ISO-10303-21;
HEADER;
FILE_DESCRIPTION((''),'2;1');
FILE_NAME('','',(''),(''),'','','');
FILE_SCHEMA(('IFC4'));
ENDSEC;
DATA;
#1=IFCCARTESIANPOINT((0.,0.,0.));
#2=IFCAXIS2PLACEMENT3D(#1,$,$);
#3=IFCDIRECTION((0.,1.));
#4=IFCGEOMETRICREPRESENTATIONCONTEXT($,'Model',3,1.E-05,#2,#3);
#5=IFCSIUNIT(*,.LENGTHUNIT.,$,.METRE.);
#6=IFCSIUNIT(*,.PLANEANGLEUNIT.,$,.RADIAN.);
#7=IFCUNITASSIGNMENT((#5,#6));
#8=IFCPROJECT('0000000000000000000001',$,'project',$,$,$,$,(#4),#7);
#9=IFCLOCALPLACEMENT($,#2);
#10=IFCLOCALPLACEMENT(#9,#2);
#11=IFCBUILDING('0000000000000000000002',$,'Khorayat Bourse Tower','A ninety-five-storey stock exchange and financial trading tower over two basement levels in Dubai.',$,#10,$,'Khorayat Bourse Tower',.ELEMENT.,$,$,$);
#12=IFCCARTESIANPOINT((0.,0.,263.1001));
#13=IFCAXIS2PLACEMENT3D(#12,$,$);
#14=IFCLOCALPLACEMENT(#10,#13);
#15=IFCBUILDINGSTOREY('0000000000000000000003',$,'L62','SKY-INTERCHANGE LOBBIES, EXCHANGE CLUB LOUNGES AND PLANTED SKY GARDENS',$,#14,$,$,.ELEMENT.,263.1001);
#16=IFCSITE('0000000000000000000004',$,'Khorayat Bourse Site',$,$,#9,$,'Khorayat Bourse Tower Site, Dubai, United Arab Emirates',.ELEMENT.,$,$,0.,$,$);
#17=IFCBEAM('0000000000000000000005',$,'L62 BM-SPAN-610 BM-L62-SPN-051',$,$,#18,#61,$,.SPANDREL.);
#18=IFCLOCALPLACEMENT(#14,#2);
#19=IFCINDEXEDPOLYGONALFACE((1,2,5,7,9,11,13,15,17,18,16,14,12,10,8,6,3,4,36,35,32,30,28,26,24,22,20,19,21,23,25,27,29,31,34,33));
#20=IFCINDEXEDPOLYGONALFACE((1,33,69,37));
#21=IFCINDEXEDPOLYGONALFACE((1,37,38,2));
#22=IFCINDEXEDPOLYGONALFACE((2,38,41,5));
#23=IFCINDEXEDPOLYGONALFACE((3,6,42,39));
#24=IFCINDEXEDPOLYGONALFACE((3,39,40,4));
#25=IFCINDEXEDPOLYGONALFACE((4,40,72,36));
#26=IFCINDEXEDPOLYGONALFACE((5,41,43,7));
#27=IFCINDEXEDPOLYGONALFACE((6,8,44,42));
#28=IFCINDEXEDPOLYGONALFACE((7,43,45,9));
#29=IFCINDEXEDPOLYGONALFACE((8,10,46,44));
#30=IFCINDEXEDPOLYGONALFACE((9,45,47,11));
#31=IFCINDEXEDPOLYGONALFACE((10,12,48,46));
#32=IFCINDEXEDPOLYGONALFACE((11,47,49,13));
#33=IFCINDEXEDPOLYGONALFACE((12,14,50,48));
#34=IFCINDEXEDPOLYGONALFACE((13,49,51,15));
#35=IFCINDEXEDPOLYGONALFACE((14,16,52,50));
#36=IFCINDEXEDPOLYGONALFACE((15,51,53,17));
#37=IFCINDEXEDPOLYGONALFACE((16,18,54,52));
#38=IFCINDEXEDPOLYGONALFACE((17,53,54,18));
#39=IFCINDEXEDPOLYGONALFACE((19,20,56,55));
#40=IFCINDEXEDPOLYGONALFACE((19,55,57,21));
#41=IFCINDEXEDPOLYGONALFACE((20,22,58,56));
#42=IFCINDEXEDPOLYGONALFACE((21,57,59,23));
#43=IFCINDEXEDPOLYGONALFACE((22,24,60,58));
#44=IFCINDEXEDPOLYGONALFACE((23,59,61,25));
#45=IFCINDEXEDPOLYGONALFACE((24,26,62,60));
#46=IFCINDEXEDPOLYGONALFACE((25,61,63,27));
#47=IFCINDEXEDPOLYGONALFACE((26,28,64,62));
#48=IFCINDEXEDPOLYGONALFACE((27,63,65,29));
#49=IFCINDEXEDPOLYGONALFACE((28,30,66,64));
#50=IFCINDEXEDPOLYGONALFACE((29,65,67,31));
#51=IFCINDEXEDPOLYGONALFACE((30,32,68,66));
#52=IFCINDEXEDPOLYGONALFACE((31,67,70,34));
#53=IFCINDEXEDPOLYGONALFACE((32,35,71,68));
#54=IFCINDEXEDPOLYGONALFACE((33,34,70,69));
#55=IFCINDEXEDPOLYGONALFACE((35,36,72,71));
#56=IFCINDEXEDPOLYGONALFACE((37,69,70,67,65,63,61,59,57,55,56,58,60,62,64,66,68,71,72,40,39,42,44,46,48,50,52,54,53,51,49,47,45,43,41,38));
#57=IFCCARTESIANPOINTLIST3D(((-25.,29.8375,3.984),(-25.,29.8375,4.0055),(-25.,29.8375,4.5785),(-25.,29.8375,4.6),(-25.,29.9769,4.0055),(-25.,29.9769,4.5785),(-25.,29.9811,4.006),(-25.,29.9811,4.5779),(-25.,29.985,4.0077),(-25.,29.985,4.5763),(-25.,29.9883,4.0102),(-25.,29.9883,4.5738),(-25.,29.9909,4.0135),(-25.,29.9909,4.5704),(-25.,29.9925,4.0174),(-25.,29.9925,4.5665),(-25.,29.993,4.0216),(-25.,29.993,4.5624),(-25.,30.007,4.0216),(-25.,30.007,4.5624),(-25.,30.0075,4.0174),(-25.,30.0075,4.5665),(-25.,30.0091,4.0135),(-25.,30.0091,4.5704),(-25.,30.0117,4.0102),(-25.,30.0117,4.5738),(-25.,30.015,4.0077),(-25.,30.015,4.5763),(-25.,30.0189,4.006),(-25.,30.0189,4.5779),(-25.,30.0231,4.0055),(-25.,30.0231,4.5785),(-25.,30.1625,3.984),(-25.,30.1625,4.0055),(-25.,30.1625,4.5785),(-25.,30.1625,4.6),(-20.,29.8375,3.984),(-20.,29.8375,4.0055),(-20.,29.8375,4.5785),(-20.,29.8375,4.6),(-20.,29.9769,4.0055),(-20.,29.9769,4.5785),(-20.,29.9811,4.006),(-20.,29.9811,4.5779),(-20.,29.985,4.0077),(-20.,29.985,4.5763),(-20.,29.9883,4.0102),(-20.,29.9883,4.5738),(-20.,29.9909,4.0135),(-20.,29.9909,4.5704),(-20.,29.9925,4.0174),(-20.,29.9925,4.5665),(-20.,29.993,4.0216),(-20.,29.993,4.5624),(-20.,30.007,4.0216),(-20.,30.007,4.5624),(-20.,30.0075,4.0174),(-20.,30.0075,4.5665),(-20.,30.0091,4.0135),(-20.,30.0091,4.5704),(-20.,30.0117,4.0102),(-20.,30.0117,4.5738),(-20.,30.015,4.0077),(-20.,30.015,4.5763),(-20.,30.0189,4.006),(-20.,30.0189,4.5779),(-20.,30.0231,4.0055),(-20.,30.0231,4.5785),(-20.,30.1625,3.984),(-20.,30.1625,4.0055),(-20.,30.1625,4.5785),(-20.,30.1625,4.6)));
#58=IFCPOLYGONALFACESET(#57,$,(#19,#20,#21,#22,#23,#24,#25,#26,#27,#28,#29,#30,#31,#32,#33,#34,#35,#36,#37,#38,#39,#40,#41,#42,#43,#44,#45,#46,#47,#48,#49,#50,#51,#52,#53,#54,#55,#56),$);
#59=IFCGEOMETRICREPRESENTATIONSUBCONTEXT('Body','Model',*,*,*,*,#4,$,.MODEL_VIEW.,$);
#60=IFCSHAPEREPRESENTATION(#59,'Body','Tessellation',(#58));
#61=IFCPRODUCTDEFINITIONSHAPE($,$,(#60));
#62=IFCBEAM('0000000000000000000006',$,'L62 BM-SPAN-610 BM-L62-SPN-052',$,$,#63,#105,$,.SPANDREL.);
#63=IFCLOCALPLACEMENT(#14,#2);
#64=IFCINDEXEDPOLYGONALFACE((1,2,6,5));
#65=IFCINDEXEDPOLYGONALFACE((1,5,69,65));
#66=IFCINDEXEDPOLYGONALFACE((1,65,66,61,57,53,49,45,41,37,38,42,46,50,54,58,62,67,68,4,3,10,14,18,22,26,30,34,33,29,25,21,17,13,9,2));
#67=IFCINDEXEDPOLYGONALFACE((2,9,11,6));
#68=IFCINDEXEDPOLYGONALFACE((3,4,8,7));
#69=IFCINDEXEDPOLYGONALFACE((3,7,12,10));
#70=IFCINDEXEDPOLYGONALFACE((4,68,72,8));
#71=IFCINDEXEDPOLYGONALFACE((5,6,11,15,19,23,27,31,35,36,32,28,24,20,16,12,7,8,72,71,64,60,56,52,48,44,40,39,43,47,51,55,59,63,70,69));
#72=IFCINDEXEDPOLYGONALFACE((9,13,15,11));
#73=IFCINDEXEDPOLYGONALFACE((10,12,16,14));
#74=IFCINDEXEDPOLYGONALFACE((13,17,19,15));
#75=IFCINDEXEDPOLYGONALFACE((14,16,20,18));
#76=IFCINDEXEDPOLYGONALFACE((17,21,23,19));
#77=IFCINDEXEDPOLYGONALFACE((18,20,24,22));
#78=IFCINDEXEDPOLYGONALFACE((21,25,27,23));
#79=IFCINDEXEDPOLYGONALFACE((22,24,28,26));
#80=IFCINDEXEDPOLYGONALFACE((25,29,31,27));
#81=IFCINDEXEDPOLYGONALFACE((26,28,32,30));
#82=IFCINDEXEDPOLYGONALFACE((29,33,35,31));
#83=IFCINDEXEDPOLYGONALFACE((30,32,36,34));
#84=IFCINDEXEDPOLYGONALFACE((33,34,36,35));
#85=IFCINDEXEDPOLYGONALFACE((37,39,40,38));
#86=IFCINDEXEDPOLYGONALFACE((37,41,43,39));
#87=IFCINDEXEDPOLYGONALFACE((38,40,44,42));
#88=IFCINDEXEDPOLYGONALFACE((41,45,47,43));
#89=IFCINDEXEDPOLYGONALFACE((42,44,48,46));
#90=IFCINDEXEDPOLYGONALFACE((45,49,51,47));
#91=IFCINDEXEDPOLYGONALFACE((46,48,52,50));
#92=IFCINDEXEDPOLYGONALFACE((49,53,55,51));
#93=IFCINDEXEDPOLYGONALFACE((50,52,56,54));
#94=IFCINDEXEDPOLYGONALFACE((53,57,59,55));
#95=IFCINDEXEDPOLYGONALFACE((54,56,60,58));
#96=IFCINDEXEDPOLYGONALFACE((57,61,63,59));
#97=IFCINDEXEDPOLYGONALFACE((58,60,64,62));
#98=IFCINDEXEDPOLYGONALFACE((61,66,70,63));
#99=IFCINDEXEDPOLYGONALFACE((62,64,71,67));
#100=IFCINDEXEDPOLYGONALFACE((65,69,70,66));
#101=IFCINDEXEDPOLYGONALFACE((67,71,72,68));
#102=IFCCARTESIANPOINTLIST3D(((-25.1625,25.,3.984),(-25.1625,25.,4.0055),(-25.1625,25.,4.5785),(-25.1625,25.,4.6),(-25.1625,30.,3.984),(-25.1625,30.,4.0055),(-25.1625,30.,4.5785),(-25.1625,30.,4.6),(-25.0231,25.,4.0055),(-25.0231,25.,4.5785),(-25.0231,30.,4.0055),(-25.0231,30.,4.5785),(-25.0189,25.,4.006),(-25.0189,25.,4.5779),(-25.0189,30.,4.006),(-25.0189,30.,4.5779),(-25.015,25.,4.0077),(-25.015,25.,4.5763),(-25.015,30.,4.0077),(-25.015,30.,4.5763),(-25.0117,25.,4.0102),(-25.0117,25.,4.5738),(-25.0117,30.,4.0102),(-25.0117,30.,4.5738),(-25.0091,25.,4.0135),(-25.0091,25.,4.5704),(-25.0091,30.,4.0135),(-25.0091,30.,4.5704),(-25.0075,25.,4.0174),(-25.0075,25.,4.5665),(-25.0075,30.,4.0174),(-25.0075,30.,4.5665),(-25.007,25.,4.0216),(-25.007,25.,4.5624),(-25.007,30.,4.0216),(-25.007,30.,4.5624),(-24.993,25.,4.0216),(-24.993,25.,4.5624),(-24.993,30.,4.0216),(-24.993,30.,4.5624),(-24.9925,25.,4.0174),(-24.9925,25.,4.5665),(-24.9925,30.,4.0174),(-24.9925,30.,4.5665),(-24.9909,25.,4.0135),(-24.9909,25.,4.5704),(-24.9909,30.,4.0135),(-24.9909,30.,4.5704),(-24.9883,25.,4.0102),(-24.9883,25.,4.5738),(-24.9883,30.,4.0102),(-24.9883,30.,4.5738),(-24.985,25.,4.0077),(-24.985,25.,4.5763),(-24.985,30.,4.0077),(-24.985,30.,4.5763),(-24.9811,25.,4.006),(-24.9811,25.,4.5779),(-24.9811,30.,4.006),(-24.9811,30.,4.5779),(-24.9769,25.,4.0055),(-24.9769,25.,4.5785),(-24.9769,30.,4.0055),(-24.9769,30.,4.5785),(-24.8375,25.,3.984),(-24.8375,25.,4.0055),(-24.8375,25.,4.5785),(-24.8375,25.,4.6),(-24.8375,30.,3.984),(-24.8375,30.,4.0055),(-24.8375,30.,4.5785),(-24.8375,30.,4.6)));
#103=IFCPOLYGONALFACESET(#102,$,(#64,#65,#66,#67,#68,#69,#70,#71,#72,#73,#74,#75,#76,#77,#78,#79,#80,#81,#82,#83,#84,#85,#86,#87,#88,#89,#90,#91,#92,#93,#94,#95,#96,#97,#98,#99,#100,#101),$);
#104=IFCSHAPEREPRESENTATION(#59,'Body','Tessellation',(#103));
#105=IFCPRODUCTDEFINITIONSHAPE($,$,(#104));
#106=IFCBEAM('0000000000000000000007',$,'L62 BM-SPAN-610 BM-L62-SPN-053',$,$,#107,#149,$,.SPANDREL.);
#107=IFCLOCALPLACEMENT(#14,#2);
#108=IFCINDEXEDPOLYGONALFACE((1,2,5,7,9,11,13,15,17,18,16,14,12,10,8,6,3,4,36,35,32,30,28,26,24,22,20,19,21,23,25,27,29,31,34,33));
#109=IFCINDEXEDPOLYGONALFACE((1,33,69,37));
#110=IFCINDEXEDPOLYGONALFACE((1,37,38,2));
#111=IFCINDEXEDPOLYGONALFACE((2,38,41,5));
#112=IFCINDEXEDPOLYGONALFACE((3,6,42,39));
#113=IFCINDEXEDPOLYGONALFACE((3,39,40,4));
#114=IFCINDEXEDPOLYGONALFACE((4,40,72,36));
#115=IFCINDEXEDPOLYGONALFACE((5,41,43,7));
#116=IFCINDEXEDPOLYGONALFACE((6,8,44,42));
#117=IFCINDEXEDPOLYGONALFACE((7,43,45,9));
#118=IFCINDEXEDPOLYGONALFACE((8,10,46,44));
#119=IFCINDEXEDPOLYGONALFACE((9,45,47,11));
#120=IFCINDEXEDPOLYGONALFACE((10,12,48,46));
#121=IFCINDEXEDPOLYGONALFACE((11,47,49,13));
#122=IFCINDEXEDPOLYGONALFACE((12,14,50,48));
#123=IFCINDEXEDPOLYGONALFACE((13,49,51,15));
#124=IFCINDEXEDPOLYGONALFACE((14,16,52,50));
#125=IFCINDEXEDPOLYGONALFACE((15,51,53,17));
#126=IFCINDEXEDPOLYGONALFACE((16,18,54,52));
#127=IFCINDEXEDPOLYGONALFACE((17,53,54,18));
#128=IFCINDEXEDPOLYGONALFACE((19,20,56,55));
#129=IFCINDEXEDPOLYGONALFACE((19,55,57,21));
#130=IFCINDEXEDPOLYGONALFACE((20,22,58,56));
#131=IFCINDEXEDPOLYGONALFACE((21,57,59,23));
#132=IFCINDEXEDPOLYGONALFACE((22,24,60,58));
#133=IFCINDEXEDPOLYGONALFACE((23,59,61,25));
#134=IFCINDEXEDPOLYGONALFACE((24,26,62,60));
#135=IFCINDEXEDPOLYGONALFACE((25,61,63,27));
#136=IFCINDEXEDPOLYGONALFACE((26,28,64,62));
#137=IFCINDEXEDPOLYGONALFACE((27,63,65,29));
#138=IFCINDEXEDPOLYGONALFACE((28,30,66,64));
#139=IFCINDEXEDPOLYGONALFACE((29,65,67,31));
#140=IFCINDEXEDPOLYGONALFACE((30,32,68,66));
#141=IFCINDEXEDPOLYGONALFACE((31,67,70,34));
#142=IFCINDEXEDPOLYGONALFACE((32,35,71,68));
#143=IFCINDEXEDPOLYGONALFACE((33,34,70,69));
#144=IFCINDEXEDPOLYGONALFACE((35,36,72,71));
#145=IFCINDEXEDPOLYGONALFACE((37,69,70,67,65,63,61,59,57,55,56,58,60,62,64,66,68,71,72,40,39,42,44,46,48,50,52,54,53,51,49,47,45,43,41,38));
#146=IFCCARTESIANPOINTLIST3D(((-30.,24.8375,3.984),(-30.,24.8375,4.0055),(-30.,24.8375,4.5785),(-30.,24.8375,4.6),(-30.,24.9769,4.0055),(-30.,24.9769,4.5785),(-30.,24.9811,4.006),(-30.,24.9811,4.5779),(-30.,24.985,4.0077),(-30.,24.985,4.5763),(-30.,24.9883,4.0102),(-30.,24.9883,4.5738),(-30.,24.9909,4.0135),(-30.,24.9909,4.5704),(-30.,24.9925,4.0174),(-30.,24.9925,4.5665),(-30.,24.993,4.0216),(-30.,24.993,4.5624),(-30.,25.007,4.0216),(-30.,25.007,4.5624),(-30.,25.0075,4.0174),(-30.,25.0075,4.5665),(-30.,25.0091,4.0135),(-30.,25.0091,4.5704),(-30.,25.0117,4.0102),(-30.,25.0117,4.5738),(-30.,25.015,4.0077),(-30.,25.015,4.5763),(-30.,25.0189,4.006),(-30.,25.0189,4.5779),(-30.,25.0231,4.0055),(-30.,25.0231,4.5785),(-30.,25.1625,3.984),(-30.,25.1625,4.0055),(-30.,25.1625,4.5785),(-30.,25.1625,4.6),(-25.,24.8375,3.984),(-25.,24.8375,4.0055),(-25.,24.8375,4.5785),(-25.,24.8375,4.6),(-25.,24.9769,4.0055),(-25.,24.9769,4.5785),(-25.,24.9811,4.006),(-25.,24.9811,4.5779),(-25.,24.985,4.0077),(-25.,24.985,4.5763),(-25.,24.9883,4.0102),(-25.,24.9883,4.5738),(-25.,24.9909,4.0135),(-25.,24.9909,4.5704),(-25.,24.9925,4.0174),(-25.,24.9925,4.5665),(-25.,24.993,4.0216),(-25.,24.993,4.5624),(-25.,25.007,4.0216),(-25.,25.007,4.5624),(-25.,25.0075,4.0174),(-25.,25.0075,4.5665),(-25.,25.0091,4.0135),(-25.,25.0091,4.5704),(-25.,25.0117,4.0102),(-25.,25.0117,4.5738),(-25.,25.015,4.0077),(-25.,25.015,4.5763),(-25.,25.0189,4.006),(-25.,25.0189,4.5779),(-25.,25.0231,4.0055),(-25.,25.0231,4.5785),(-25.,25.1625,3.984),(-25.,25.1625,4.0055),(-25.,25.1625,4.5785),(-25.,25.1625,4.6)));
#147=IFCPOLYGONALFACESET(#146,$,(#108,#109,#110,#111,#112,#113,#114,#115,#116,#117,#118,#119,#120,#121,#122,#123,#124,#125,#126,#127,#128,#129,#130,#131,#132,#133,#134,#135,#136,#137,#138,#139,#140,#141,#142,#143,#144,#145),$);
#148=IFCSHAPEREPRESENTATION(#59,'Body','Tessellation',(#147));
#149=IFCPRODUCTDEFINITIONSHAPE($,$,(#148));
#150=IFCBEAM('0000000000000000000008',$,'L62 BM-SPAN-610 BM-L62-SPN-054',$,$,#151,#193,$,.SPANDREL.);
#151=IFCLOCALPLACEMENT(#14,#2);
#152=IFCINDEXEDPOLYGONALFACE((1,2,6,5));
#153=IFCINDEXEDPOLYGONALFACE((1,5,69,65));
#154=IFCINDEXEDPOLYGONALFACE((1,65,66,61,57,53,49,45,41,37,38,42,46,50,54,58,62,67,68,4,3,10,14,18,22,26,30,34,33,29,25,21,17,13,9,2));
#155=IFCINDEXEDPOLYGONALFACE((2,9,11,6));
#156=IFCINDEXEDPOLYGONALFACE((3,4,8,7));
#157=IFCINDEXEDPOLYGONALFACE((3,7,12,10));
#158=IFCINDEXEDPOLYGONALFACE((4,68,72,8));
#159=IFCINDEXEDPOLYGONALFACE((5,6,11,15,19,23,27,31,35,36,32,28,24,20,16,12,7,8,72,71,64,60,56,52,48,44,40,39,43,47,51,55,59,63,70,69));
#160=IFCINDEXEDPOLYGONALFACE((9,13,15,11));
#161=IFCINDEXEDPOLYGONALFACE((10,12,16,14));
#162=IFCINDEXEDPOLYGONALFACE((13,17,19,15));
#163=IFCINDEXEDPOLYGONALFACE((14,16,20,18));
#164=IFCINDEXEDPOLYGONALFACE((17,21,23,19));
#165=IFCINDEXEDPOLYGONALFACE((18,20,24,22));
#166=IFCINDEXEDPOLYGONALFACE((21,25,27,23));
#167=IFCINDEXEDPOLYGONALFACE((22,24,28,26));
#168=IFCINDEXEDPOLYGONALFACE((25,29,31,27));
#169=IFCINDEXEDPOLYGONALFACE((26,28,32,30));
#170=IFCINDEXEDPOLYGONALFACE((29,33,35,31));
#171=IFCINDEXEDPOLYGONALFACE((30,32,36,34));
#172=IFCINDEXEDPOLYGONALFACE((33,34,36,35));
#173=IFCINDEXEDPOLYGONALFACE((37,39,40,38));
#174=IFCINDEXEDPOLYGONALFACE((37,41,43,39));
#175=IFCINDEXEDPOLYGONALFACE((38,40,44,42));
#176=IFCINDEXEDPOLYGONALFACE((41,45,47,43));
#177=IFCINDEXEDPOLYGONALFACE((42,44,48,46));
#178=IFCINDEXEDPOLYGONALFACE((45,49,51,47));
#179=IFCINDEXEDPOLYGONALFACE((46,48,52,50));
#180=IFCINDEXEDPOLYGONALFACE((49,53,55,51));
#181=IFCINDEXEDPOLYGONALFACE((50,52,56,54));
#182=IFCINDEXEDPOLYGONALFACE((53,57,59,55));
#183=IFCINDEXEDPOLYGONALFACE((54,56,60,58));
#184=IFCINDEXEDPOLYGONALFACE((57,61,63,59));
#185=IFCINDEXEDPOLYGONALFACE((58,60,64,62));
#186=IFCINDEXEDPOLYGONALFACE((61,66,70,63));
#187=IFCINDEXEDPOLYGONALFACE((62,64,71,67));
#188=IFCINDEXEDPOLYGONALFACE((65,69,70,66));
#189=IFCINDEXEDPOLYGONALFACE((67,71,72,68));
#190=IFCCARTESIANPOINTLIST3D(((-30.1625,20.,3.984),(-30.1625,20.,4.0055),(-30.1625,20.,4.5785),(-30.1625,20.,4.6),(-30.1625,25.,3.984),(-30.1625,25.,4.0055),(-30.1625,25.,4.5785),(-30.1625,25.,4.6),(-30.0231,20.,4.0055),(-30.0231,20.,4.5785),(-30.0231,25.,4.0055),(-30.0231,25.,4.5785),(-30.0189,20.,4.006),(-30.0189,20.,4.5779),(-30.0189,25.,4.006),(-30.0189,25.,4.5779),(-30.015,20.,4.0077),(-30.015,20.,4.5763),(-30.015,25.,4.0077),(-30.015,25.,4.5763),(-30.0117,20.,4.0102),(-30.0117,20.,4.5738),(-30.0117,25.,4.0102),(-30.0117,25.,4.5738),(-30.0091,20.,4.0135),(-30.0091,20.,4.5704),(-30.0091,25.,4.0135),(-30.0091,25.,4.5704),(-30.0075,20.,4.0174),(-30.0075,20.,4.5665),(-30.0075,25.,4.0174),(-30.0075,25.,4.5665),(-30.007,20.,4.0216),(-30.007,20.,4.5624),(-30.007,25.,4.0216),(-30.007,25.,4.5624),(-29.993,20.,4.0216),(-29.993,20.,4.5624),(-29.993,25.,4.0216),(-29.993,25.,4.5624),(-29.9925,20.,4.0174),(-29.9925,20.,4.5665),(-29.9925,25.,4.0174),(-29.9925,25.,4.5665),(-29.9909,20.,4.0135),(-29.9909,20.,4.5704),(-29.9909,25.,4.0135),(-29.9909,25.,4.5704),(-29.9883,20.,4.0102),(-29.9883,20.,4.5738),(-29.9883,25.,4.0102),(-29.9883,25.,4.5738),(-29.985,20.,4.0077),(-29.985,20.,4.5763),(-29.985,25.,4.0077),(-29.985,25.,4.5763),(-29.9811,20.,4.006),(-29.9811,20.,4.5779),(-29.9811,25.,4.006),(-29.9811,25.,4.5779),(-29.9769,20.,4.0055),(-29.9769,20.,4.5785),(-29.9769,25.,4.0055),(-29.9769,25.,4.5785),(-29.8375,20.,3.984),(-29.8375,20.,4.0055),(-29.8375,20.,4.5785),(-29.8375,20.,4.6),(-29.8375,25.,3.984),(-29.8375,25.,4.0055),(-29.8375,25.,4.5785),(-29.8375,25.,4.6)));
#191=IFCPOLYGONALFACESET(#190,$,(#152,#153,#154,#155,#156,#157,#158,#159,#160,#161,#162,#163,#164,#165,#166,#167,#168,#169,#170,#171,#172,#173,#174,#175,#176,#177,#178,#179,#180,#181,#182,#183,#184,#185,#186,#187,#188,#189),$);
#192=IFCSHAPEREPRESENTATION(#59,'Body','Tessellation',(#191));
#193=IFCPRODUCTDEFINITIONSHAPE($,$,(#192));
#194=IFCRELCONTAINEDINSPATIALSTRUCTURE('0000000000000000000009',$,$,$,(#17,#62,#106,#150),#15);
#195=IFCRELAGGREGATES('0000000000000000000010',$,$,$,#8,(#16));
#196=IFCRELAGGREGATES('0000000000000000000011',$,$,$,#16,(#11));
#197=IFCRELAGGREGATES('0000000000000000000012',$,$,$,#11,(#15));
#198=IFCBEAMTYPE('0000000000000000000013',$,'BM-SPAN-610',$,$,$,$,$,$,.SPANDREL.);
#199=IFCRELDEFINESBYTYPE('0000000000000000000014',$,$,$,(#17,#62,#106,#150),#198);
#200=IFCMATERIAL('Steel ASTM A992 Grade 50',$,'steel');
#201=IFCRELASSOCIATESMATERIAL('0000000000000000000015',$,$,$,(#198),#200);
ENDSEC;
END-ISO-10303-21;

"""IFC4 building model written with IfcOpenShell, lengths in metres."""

from ifc_helpers import new_model, si_unit, direction, frame, origin, origin_2d, place, context, subcontext, project, spatial, i_section, extrude, source, transform, mapped, material, material_profile, profile_set, type_object, element, save


model = new_model("IFC4")

# Units and contexts
model_context = context("Model", 3, precision=1e-05, world=origin(), true_north=direction((0.0, 1.0)))
body_context = subcontext(model_context, "Body", "Model", "MODEL_VIEW")
ifc_project = project(units=[si_unit("LENGTHUNIT", "METRE"), si_unit("PLANEANGLEUNIT", "RADIAN")], contexts=[model_context])

# Site, building, storey
site_placement = place(None, origin())
site = spatial("IfcSite", under=ifc_project, at=site_placement, Name="Khorayat Bourse Site", LongName="Khorayat Bourse Tower Site, Dubai, United Arab Emirates", CompositionType="ELEMENT", RefElevation=0.0)
building_placement = place(site_placement, origin())
building = spatial("IfcBuilding", under=site, at=building_placement, Name="Khorayat Bourse Tower", Description="A ninety-five-storey stock exchange and financial trading tower over two basement levels in Dubai.", LongName="Khorayat Bourse Tower", CompositionType="ELEMENT")
storey_placement = place(building_placement, frame((0.0, 0.0, 263.1001)))
storey = spatial("IfcBuildingStorey", under=building, at=storey_placement, Name="L62", Description="SKY-INTERCHANGE LOBBIES, EXCHANGE CLUB LOUNGES AND PLANTED SKY GARDENS", CompositionType="ELEMENT", Elevation=263.1001)

# Beams
ifc_material_1 = material(Name="Steel ASTM A992 Grade 50", Category="steel")
ifc_material_profile_1 = material_profile(ifc_material_1, i_section(OverallWidth=0.325, OverallDepth=0.616, WebThickness=0.0139, FlangeThickness=0.0215, FilletRadius=0.0161, at=origin_2d()), Name="W610X174")
ifc_profile_set_1 = profile_set([ifc_material_profile_1], Name="Steel ASTM A992 Grade 50")
beam_type_1 = type_object("IfcBeamType", Name="BM-SPAN-610", PredefinedType="SPANDREL", material=ifc_profile_set_1)
shared_shape_1 = source(origin(), body_context, "Body", "SweptSolid", [
    extrude(i_section(OverallWidth=0.325, OverallDepth=0.616, WebThickness=0.0139, FlangeThickness=0.0215, FilletRadius=0.0161, at=origin_2d()), origin(), (0.0, 0.0, 1.0), 5.0),
])
for number, where, z_axis, x_axis, name in (
    (1, (-25.0, 30.0, 4.292), (1.0, 0.0, 0.0), (0.0, 1.0, 0.0), "L62 BM-SPAN-610 BM-L62-SPN-051"),
    (2, (-25.0, 25.0, 4.292), (0.0, 1.0, 0.0), (-1.0, 0.0, 0.0), "L62 BM-SPAN-610 BM-L62-SPN-052"),
    (3, (-30.0, 25.0, 4.292), (1.0, 0.0, 0.0), (0.0, 1.0, 0.0), "L62 BM-SPAN-610 BM-L62-SPN-053"),
    (4, (-30.0, 20.0, 4.292), (0.0, 1.0, 0.0), (-1.0, 0.0, 0.0), "L62 BM-SPAN-610 BM-L62-SPN-054"),
):
    element("IfcBeam", number, at=place(storey_placement, frame(where, z_axis=z_axis, x_axis=x_axis)), inside=storey, type_object=beam_type_1, Name=name, PredefinedType="SPANDREL", context=body_context, shape_type="MappedRepresentation", body=[
        mapped(shared_shape_1, transform((0.0, 0.0, 0.0), scale=1.0)),
    ])

save(model, "model.ifc")
